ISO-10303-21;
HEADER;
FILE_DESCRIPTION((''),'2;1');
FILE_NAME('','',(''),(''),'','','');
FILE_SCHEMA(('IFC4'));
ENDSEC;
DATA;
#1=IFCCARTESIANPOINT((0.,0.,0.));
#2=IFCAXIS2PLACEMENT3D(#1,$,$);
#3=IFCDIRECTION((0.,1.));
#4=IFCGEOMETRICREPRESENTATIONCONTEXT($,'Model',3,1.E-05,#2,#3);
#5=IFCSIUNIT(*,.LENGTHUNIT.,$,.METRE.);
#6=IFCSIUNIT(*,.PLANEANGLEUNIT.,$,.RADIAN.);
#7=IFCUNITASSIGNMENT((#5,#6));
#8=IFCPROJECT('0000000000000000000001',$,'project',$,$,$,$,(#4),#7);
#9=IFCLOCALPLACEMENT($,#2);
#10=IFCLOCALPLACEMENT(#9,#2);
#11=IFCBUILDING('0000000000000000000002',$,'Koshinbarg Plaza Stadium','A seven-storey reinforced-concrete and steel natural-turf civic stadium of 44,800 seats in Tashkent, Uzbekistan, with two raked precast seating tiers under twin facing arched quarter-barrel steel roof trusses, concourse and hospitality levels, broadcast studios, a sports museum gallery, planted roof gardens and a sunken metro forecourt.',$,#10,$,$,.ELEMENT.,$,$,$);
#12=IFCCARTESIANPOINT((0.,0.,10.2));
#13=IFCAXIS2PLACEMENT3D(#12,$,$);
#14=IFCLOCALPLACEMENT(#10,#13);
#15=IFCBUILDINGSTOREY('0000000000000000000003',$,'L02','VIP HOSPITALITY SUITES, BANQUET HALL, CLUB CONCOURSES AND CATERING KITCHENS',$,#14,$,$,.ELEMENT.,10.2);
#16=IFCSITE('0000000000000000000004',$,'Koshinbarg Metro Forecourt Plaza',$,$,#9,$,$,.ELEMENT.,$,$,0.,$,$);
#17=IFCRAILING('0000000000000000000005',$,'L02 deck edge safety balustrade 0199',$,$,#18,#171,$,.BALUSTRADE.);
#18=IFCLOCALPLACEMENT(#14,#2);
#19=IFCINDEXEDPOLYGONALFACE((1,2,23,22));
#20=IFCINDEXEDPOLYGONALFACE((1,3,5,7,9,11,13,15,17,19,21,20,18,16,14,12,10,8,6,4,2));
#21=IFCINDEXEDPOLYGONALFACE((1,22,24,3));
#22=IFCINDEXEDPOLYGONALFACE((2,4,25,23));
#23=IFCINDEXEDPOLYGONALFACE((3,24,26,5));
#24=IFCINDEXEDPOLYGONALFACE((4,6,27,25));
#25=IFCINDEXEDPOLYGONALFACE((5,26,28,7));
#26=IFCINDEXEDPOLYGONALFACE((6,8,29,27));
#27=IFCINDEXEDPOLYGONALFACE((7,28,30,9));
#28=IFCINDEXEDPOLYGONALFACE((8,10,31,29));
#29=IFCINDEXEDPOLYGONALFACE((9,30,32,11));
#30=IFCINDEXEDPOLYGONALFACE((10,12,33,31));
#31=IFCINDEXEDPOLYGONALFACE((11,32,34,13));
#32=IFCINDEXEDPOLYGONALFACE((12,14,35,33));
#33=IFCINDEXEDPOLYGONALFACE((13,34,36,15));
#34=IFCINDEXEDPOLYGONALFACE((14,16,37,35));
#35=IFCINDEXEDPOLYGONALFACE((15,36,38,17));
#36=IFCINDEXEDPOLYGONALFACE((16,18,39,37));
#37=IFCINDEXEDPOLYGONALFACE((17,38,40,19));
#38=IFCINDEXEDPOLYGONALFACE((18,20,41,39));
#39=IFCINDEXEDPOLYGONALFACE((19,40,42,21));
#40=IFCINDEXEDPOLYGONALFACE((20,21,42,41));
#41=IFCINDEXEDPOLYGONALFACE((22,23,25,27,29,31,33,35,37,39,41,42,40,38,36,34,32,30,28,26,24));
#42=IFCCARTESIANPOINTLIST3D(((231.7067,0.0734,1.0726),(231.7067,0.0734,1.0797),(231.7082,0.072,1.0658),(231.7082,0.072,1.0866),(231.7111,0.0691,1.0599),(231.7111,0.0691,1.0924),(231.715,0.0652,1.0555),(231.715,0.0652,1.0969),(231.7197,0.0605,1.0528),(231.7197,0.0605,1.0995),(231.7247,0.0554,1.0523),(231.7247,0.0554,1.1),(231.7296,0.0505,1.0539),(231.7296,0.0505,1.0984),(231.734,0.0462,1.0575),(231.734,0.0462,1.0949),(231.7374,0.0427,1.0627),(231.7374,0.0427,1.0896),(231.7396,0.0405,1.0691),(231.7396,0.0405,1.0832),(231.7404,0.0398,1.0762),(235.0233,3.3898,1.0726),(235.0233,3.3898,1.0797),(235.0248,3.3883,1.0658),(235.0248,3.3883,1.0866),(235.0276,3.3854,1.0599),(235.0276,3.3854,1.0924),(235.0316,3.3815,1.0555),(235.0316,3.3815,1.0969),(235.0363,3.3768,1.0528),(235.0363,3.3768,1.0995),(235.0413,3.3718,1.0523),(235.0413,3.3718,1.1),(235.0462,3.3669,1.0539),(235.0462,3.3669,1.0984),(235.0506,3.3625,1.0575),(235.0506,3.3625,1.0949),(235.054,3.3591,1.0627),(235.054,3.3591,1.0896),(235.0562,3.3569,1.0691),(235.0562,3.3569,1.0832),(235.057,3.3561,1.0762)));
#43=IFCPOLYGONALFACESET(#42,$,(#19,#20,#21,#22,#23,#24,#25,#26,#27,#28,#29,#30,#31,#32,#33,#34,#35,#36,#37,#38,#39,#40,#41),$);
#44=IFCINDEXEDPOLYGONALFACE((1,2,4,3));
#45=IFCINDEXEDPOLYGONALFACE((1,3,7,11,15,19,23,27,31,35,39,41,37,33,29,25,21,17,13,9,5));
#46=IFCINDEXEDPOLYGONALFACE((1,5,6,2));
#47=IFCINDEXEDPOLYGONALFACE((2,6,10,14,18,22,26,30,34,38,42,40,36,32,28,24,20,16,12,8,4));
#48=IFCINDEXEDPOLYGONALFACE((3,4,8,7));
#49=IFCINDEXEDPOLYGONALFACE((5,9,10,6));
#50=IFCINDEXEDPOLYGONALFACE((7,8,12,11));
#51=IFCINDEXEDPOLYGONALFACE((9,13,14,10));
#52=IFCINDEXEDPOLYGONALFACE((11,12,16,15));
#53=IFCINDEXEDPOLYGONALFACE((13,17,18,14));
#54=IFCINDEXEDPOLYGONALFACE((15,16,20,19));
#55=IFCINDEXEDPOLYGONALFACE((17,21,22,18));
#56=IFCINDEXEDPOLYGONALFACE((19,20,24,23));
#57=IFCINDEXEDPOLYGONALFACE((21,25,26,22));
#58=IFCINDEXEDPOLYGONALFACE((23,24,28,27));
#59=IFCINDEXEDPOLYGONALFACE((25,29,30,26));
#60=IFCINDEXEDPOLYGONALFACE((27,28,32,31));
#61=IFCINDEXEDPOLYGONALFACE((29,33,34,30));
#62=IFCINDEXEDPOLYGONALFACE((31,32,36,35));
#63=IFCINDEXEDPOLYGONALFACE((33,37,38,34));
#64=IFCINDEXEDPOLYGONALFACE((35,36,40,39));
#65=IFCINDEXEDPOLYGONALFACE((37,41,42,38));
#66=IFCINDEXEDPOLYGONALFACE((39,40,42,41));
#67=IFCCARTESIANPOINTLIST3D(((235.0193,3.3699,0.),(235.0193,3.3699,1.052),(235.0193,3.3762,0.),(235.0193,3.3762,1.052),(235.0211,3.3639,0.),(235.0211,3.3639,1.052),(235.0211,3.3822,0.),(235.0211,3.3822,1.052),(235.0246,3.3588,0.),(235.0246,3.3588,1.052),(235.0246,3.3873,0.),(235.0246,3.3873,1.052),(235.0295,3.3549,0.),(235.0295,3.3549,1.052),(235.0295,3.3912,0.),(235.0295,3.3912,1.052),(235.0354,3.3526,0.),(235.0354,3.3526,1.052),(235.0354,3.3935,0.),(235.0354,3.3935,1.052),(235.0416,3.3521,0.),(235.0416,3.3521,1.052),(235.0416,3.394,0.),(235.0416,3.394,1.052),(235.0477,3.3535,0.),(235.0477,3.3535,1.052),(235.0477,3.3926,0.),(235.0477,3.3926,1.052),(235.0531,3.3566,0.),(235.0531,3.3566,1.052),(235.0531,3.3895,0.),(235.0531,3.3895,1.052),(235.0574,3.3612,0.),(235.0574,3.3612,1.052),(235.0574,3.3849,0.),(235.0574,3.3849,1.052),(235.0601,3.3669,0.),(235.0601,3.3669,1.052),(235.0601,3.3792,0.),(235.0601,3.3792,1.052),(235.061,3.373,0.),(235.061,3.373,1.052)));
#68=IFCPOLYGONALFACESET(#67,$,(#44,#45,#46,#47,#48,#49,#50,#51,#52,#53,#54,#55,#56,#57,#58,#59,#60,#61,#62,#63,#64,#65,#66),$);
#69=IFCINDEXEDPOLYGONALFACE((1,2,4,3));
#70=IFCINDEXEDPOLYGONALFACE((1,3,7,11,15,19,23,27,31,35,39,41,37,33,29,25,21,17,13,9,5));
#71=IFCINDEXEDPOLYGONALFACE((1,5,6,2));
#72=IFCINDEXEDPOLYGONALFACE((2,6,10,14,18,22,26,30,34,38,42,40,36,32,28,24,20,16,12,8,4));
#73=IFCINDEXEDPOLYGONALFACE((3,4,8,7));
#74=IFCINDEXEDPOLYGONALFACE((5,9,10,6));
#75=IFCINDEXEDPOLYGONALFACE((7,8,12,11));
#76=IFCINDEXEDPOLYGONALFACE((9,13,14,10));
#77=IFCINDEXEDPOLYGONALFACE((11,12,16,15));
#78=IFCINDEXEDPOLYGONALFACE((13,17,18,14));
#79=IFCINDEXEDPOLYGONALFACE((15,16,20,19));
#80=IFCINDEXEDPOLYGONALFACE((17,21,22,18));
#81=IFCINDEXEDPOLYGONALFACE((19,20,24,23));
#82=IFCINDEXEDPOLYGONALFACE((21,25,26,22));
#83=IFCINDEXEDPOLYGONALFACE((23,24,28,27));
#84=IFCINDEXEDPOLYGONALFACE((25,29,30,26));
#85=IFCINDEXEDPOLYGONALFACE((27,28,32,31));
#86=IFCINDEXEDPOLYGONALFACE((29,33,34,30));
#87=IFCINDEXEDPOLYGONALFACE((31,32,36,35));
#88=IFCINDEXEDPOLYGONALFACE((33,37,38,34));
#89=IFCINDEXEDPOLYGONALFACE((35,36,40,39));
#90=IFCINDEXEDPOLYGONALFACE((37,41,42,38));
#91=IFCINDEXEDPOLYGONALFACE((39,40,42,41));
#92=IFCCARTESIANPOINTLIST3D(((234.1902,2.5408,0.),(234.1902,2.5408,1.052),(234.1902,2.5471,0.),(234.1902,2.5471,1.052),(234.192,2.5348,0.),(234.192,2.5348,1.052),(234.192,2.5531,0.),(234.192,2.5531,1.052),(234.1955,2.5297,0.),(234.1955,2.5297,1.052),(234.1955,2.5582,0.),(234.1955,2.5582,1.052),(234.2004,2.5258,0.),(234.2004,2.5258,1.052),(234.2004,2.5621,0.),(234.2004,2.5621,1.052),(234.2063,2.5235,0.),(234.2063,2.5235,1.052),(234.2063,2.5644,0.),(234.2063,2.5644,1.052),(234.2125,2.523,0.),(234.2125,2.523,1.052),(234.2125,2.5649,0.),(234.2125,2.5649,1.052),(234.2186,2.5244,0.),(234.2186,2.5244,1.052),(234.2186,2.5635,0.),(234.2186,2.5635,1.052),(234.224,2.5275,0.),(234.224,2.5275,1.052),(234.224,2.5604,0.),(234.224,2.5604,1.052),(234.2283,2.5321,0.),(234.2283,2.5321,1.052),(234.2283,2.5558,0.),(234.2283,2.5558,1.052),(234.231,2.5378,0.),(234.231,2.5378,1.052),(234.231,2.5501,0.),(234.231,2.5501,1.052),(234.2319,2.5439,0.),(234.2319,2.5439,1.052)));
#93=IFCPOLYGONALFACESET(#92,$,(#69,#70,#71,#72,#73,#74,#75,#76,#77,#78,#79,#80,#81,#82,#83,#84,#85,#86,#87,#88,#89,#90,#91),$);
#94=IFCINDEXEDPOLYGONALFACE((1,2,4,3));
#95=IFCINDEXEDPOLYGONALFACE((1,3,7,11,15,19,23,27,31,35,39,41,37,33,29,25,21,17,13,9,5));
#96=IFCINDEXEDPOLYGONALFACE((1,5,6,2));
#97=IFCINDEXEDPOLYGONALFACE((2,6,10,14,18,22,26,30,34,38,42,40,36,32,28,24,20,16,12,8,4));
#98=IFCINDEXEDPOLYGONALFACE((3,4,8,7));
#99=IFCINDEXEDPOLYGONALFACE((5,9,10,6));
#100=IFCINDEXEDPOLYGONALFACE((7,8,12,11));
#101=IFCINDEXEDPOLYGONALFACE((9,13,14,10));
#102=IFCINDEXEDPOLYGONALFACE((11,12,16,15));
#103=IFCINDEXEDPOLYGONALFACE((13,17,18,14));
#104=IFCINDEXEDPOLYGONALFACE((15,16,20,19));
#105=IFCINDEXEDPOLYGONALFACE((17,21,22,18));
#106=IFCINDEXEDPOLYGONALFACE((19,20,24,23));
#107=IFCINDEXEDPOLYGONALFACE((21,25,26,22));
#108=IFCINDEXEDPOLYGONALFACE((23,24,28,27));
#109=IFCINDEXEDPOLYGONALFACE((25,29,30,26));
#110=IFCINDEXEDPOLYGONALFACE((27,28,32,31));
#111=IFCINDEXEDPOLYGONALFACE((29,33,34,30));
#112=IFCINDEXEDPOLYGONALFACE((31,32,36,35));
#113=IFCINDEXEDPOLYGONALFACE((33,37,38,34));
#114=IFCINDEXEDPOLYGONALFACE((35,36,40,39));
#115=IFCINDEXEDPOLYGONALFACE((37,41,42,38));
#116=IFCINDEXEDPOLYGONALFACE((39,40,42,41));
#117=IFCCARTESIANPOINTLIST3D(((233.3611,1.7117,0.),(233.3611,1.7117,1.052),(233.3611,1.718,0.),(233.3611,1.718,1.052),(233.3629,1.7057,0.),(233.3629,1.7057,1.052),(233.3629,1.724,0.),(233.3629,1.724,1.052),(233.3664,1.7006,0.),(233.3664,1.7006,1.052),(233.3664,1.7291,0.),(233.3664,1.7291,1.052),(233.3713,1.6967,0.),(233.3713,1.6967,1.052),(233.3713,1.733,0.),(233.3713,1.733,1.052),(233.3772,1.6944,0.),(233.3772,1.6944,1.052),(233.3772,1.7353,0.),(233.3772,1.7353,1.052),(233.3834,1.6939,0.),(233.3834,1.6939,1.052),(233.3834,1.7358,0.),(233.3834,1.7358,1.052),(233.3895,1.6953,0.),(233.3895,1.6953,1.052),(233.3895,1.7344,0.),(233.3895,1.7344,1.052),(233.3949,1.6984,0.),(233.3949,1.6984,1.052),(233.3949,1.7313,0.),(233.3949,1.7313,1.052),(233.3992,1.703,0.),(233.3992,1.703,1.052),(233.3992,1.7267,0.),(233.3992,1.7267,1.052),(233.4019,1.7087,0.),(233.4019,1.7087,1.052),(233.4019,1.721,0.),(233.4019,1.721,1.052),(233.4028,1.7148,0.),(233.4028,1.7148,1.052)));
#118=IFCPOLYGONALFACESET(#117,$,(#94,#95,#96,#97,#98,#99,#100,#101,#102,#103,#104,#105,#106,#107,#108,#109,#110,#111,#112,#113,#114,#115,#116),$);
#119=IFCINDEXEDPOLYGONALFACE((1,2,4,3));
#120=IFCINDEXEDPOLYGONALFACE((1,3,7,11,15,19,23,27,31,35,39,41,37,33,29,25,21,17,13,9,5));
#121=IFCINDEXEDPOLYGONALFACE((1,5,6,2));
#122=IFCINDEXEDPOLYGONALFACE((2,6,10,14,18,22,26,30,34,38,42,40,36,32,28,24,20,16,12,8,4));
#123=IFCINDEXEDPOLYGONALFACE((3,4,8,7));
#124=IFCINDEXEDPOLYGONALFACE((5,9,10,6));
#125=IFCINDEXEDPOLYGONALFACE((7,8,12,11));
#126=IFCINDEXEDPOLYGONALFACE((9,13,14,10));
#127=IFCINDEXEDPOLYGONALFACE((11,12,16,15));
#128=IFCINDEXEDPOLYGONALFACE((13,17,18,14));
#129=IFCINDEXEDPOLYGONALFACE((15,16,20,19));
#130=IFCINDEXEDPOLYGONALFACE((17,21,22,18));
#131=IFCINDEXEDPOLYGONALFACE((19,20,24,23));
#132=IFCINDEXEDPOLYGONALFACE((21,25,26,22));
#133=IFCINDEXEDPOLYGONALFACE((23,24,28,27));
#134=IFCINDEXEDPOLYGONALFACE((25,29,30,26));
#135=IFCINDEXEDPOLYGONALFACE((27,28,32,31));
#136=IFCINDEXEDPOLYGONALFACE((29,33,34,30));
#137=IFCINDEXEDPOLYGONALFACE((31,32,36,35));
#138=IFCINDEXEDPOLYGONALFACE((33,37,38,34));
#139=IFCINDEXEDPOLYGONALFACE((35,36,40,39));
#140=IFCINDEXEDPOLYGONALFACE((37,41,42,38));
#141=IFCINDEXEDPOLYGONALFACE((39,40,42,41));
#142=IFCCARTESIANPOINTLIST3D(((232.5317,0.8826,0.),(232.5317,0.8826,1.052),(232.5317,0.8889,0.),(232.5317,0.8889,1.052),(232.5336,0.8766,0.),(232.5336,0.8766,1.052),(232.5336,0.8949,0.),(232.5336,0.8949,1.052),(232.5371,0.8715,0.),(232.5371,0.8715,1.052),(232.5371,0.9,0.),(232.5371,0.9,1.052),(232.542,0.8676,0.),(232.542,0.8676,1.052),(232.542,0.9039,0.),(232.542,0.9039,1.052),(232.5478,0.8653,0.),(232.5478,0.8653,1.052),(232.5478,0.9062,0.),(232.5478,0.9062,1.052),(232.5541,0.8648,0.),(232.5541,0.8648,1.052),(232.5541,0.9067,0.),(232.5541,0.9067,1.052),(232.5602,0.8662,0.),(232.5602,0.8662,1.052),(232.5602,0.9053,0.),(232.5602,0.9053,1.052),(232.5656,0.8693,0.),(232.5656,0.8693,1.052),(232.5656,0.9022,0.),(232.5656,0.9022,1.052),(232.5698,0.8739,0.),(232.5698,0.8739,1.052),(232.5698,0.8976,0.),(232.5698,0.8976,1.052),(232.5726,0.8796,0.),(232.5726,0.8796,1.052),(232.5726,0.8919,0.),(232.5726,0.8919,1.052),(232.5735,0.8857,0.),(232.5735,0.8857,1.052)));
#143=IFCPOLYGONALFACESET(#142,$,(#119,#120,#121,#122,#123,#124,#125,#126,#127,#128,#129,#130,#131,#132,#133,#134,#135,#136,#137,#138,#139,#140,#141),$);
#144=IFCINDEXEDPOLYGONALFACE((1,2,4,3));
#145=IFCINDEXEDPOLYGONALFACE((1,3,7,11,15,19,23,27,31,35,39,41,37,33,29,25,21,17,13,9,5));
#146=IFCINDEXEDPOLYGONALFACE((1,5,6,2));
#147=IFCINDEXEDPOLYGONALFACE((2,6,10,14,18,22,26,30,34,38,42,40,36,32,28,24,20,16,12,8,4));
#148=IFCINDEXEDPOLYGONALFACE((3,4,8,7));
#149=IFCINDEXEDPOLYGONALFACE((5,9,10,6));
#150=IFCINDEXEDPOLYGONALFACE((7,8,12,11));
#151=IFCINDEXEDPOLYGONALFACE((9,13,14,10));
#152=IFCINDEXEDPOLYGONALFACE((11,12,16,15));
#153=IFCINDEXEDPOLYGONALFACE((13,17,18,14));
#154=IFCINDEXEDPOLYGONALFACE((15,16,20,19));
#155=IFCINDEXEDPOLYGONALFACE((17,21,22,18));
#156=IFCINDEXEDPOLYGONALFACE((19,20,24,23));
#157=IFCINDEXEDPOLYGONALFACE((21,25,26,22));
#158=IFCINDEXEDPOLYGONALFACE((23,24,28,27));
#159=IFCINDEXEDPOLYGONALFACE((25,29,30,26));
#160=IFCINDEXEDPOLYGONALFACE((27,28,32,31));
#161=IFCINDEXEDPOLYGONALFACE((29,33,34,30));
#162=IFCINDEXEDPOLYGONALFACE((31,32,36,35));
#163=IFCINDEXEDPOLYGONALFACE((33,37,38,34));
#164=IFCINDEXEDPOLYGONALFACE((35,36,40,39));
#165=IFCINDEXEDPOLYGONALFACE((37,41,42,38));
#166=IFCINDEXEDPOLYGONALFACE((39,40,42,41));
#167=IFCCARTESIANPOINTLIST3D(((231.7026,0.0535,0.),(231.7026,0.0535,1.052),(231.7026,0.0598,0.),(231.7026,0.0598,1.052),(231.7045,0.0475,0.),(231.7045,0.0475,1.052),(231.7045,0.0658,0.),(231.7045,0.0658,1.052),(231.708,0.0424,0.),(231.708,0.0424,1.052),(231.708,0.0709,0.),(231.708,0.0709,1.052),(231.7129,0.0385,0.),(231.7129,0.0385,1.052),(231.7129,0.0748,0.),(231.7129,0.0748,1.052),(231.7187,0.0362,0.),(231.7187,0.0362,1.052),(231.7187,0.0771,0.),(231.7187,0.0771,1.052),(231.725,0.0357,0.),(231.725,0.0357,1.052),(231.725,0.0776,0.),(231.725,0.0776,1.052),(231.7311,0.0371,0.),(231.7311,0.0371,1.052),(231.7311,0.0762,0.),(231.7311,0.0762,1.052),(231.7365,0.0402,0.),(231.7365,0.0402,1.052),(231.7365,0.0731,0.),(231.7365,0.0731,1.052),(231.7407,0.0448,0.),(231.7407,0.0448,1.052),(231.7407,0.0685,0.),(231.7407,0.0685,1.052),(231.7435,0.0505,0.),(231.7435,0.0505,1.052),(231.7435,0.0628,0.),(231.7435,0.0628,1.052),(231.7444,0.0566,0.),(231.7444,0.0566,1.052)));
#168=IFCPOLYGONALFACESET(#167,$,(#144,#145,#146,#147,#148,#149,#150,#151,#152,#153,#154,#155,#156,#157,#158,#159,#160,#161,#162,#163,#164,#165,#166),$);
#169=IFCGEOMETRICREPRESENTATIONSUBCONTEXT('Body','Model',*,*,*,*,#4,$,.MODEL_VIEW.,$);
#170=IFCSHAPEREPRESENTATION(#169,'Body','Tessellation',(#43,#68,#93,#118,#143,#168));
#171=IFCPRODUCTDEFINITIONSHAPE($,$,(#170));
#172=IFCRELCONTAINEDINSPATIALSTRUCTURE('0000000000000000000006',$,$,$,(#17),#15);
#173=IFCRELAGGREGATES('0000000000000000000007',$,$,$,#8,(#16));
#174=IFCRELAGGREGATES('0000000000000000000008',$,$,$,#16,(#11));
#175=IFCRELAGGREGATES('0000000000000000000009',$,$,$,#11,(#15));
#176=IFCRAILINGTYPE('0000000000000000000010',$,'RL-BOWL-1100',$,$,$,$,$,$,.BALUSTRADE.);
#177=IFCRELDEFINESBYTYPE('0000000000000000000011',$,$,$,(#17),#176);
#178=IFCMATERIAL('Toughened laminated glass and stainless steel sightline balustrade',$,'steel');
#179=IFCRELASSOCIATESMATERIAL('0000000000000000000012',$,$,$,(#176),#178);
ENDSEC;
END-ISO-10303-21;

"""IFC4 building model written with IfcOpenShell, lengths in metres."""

from ifc_helpers import new_model, si_unit, direction, frame, origin, origin_2d, place, context, subcontext, project, spatial, circle, extrude, material, type_object, element, save


model = new_model("IFC4")

# Units and contexts
model_context = context("Model", 3, precision=1e-05, world=origin(), true_north=direction((0.0, 1.0)))
body_context = subcontext(model_context, "Body", "Model", "MODEL_VIEW")
ifc_project = project(units=[si_unit("LENGTHUNIT", "METRE"), si_unit("PLANEANGLEUNIT", "RADIAN")], contexts=[model_context])

# Site, building, storey
site_placement = place(None, origin())
site = spatial("IfcSite", under=ifc_project, at=site_placement, Name="Koshinbarg Metro Forecourt Plaza", CompositionType="ELEMENT", RefElevation=0.0)
building_placement = place(site_placement, origin())
building = spatial("IfcBuilding", under=site, at=building_placement, Name="Koshinbarg Plaza Stadium", Description="A seven-storey reinforced-concrete and steel natural-turf civic stadium of 44,800 seats in Tashkent, Uzbekistan, with two raked precast seating tiers under twin facing arched quarter-barrel steel roof trusses, concourse and hospitality levels, broadcast studios, a sports museum gallery, planted roof gardens and a sunken metro forecourt.", CompositionType="ELEMENT")
storey_placement = place(building_placement, frame((0.0, 0.0, 10.2)))
storey = spatial("IfcBuildingStorey", under=building, at=storey_placement, Name="L02", Description="VIP HOSPITALITY SUITES, BANQUET HALL, CLUB CONCOURSES AND CATERING KITCHENS", CompositionType="ELEMENT", Elevation=10.2)

# Railing
ifc_material_1 = material(Name="Toughened laminated glass and stainless steel sightline balustrade", Category="steel")
railing_type = type_object("IfcRailingType", Name="RL-BOWL-1100", PredefinedType="BALUSTRADE", material=ifc_material_1)
railing_1_placement = place(storey_placement, frame((235.04, 3.373, 0.0)))
element("IfcRailing", 1, at=railing_1_placement, inside=storey, type_object=railing_type, Name="L02 deck edge safety balustrade 0199", PredefinedType="BALUSTRADE", context=body_context, shape_type="SweptSolid", body=[
    extrude(circle(Radius=0.0239, at=origin_2d()), frame((0.0, 0.0, 1.0762), z_axis=(-0.707133, -0.707081, 0.0), x_axis=(0.707081, -0.707133, 0.0)), (0.0, 0.0, 1.0), 4.6902),
    extrude(circle(Radius=0.021, at=origin_2d()), origin(), (0.0, 0.0, 1.0), 1.052),
    extrude(circle(Radius=0.021, at=origin_2d()), frame((-0.8291, -0.8291, 0.0)), (0.0, 0.0, 1.0), 1.052),
    extrude(circle(Radius=0.021, at=origin_2d()), frame((-1.6582, -1.6582, 0.0)), (0.0, 0.0, 1.0), 1.052),
    extrude(circle(Radius=0.021, at=origin_2d()), frame((-2.4875, -2.4873, 0.0)), (0.0, 0.0, 1.0), 1.052),
    extrude(circle(Radius=0.021, at=origin_2d()), frame((-3.3167, -3.3164, 0.0)), (0.0, 0.0, 1.0), 1.052),
])

save(model, "model.ifc")
